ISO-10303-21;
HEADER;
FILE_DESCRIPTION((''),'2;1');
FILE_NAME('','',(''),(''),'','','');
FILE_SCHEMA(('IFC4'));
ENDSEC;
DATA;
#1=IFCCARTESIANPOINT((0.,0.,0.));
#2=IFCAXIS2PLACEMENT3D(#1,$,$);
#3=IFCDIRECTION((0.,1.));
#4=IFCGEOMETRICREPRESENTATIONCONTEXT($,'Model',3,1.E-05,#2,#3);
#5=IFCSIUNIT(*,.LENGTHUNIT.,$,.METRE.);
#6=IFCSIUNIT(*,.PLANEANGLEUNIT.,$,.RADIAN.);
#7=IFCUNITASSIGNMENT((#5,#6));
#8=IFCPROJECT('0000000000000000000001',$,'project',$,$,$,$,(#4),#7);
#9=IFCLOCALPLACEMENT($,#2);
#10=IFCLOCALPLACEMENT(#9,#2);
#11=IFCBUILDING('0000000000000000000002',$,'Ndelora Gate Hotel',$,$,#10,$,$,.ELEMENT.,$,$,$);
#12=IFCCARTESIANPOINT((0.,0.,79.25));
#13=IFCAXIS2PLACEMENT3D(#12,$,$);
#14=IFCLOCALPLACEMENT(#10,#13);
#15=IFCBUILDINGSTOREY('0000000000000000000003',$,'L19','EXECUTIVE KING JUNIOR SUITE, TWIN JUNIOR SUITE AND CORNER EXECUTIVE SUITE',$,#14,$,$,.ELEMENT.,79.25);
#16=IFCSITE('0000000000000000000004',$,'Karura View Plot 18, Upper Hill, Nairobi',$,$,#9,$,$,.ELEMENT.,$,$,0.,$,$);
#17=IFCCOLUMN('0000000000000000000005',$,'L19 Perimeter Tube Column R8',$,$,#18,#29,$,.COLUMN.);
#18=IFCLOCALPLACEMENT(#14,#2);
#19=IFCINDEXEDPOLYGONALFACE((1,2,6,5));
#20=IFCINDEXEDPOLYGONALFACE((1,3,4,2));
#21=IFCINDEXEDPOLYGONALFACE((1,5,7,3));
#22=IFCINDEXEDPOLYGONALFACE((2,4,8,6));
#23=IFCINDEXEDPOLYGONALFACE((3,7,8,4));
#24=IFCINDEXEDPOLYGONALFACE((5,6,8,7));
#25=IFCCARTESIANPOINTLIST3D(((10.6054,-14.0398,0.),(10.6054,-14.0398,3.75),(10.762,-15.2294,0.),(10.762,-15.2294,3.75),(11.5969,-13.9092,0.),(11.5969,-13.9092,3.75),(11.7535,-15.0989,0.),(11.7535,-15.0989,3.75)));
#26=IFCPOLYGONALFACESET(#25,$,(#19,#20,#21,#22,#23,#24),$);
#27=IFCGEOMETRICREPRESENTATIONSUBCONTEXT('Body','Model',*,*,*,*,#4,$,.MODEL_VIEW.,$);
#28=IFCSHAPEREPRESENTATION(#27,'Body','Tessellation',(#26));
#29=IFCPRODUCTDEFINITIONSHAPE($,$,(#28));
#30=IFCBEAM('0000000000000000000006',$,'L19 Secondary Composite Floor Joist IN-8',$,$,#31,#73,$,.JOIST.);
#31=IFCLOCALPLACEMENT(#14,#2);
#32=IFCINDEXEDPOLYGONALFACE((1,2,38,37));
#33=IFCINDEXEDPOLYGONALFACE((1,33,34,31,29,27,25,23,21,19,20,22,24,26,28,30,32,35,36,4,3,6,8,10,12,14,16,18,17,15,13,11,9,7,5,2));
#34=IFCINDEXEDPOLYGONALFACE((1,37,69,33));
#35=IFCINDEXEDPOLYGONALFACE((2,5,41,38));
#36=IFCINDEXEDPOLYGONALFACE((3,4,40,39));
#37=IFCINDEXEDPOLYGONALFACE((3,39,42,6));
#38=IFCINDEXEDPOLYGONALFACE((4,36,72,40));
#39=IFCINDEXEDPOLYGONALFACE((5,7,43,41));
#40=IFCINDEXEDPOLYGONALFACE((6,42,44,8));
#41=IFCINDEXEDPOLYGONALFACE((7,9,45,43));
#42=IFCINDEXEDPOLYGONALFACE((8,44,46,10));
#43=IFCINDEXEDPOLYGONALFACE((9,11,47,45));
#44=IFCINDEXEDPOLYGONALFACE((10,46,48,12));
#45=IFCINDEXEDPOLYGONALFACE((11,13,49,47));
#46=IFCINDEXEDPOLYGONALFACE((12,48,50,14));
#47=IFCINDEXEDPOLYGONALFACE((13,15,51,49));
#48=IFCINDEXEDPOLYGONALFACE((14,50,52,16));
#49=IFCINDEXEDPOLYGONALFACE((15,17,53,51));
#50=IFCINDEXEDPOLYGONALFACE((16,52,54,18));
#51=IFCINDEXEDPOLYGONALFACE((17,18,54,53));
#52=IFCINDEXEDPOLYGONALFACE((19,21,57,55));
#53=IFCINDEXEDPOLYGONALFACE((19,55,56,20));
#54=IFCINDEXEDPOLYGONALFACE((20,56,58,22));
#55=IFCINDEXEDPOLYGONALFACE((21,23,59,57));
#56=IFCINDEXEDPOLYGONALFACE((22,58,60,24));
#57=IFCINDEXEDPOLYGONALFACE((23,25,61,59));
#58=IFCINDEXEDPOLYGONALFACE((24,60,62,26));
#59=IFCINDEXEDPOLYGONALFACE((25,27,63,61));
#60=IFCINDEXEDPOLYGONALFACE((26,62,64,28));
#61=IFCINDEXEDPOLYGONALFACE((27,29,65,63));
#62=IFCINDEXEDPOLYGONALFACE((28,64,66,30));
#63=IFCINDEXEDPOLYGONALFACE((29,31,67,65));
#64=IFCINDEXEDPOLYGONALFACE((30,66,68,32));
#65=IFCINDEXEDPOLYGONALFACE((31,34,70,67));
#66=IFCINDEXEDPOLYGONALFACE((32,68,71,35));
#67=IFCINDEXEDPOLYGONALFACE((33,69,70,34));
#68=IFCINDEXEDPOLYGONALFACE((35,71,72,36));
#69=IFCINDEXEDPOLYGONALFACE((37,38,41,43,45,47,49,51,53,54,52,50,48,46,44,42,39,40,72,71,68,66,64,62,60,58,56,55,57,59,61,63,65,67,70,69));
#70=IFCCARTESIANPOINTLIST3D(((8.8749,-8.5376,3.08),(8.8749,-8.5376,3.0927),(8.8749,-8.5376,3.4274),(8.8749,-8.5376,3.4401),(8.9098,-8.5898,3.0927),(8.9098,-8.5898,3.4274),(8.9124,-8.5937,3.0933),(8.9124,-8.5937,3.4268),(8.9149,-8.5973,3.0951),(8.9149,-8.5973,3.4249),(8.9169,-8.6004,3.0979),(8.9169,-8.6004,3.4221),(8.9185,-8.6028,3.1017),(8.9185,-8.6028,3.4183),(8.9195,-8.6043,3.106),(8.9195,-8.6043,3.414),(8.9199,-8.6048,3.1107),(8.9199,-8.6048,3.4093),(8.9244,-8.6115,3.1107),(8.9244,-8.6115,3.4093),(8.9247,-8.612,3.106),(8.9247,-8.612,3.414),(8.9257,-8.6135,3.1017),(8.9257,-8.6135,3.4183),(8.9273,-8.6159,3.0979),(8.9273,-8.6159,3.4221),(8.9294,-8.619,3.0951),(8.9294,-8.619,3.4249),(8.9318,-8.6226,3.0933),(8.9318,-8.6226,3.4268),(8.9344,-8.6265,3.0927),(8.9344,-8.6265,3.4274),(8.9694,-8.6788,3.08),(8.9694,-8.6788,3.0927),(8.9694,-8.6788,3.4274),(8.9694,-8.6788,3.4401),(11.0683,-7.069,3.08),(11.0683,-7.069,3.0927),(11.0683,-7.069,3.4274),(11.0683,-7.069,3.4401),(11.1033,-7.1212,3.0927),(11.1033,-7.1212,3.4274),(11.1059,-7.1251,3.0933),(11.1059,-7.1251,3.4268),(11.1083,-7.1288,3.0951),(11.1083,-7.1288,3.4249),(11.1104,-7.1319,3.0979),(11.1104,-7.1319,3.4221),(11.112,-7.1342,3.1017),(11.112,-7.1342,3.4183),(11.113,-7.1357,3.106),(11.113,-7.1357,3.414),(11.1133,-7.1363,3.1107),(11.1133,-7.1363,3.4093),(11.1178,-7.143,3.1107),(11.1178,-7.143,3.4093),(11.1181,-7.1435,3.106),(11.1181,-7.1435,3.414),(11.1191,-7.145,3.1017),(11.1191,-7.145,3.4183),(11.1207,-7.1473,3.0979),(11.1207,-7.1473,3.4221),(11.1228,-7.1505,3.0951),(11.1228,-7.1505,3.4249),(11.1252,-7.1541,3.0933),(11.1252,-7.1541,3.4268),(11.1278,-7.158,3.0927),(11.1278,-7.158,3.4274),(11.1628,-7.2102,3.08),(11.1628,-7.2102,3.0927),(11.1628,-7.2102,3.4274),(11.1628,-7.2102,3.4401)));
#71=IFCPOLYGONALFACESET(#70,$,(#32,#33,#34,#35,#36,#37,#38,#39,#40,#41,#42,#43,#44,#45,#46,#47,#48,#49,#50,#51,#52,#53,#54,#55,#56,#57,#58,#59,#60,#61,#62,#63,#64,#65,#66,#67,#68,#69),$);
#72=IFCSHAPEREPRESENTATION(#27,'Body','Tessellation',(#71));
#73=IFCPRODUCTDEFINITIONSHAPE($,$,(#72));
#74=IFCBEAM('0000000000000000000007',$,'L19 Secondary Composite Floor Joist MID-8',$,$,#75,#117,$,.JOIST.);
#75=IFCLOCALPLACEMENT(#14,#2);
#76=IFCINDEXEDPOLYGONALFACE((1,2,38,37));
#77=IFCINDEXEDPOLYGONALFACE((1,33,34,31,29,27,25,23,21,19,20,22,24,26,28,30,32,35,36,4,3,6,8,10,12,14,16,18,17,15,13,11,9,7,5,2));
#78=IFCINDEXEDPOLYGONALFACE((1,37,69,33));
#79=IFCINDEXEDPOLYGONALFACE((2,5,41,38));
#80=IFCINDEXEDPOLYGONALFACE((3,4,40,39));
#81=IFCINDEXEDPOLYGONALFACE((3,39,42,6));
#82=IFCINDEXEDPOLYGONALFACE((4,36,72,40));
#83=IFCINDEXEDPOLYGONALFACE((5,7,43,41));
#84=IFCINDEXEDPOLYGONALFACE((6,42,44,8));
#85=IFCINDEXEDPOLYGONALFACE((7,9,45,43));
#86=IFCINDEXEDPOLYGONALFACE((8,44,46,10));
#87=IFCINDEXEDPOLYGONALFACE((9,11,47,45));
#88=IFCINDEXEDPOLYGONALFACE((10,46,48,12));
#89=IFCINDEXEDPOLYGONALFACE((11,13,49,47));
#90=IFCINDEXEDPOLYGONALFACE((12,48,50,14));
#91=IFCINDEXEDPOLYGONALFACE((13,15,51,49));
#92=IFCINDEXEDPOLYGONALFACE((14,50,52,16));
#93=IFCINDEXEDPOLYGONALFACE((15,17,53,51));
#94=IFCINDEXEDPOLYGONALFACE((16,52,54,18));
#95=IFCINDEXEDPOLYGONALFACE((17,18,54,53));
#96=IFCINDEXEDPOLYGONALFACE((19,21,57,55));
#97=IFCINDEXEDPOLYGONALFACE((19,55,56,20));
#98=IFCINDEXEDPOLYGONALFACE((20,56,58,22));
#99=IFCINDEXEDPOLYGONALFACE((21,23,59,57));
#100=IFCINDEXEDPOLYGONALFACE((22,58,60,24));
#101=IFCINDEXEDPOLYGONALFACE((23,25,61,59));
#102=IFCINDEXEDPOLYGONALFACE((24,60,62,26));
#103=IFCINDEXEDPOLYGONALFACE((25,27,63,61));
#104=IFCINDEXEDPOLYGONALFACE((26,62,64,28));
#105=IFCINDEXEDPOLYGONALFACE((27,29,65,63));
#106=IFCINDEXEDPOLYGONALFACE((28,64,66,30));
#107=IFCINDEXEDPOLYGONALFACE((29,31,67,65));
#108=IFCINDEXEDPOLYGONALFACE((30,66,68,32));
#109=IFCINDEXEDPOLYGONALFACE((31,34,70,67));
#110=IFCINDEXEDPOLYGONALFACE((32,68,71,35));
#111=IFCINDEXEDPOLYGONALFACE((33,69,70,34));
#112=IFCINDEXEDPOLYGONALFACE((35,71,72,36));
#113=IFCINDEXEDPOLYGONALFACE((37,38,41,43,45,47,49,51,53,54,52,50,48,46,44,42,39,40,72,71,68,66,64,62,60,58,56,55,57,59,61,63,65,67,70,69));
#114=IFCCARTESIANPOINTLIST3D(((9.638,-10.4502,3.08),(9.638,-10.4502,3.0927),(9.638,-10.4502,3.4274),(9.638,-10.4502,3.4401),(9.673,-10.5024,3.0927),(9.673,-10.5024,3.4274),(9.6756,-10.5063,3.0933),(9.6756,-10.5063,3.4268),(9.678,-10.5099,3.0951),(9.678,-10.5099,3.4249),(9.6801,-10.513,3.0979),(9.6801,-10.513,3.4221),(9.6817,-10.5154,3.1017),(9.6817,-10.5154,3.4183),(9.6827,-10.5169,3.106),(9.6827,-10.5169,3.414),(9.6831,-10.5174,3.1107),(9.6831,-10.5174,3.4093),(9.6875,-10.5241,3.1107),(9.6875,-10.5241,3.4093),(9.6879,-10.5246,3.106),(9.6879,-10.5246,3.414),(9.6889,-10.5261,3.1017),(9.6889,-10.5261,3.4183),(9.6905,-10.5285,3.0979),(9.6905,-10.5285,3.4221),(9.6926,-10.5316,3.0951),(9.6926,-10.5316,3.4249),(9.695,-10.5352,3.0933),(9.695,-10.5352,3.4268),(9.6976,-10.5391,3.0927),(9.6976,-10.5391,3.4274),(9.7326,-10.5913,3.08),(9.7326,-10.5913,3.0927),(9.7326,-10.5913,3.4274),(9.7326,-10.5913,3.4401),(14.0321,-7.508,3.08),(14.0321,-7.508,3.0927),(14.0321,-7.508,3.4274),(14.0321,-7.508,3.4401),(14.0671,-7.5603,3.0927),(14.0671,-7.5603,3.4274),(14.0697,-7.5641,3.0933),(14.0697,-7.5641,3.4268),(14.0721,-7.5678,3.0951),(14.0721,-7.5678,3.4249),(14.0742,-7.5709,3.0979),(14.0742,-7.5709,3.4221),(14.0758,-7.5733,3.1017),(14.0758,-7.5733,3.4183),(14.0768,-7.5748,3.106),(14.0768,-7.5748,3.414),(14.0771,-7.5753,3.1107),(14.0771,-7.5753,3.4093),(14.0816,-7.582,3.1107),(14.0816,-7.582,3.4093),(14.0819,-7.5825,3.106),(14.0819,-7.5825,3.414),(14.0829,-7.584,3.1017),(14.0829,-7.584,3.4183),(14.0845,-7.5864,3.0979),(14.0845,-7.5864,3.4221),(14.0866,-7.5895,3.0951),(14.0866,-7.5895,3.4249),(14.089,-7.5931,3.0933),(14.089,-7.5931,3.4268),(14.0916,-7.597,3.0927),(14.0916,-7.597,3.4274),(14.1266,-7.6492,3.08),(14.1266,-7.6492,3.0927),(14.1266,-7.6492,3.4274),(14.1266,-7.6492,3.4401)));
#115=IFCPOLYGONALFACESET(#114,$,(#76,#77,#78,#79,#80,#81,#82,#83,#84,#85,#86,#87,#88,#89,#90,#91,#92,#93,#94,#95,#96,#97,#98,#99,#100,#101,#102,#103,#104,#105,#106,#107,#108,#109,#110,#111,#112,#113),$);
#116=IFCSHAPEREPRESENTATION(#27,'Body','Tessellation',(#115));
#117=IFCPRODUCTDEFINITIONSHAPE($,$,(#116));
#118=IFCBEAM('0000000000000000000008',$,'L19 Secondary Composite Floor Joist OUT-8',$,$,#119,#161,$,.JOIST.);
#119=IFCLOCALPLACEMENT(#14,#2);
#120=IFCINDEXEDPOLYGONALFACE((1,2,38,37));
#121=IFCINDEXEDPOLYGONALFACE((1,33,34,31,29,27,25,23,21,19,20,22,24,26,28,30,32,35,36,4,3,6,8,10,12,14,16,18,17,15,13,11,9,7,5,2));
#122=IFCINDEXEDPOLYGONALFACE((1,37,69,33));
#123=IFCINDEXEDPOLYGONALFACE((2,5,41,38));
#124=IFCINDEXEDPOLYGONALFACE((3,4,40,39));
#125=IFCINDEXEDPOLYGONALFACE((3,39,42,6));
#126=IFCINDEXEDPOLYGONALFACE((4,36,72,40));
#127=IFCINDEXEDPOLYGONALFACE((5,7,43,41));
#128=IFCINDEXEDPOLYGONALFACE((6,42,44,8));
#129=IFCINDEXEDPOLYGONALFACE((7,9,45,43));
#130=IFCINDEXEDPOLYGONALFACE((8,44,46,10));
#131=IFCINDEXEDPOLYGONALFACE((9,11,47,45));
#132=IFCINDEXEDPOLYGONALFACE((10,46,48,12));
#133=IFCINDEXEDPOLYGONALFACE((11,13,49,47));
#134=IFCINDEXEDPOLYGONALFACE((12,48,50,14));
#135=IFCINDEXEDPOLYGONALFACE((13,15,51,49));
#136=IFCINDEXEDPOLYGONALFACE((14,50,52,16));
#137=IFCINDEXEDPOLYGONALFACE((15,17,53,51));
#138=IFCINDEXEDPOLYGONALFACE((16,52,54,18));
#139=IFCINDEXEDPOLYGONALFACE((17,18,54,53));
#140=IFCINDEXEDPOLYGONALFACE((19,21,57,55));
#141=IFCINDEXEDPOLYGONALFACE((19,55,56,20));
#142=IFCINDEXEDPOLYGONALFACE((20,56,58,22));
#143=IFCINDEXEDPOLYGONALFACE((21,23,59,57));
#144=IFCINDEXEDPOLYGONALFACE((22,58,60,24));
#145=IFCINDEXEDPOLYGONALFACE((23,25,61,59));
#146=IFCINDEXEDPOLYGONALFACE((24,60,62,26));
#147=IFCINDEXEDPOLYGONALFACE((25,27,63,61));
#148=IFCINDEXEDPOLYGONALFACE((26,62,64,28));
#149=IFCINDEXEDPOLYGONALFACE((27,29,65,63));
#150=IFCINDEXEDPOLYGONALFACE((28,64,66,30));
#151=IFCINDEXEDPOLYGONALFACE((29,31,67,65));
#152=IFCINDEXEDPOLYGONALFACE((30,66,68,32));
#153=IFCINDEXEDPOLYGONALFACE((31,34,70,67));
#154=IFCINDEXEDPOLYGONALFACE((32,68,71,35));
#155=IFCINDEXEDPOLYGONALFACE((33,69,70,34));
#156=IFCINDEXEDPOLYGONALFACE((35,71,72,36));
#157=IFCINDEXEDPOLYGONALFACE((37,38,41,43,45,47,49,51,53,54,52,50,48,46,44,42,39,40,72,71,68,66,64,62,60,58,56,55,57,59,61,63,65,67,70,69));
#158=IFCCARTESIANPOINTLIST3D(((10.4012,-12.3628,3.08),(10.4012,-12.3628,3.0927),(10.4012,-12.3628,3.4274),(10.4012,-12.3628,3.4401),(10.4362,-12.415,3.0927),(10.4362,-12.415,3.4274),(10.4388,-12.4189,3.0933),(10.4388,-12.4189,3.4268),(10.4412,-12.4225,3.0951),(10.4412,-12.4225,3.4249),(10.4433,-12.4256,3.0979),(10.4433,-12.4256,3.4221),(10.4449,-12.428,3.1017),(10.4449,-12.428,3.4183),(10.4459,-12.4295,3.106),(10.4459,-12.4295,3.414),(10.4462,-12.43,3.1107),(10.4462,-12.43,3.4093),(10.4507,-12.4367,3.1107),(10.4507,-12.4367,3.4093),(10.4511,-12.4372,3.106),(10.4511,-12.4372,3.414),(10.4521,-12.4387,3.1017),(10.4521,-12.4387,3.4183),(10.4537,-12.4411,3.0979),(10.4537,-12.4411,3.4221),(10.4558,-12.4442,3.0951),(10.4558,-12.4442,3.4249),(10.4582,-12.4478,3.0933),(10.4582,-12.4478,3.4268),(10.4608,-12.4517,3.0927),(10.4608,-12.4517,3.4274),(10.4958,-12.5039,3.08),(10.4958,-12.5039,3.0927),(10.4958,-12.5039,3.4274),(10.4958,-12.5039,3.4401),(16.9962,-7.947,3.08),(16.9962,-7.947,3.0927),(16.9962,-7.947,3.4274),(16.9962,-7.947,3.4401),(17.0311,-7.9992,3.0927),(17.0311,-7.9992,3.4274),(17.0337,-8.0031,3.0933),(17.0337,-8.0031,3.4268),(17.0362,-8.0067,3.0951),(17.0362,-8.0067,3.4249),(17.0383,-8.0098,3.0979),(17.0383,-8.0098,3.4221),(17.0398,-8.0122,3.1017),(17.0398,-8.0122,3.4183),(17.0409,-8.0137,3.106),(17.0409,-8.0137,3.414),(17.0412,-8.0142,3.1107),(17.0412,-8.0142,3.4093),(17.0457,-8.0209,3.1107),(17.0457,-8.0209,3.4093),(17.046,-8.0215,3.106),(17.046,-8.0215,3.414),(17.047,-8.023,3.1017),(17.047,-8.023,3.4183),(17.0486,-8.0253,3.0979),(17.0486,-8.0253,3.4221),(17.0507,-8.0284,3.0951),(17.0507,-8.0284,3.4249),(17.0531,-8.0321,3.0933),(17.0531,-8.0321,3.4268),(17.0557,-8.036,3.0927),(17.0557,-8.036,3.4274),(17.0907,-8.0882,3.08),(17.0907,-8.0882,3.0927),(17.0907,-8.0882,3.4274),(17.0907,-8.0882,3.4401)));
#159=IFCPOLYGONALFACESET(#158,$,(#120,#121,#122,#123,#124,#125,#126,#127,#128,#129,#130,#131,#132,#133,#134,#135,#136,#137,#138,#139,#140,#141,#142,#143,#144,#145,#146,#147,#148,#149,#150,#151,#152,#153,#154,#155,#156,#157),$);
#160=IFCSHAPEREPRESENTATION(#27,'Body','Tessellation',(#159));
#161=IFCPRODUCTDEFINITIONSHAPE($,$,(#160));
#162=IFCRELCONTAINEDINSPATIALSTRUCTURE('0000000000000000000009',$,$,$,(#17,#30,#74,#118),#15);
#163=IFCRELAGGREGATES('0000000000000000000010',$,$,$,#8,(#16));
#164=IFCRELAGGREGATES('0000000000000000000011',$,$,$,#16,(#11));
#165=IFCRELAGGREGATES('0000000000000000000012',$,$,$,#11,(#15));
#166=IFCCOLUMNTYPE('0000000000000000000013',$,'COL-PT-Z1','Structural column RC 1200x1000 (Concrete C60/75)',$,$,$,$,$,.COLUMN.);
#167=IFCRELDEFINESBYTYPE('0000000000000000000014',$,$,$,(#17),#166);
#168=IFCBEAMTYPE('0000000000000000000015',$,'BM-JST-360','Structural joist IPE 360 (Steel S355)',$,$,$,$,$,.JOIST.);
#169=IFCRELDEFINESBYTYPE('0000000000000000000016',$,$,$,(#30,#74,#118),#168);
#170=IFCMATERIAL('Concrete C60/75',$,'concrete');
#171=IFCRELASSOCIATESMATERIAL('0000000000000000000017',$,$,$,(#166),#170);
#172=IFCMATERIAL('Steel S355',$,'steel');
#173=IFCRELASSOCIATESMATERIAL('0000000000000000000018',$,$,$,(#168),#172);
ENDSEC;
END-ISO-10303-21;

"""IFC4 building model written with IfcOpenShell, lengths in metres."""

from ifc_helpers import new_model, si_unit, direction, frame, origin, origin_2d, place, context, subcontext, project, spatial, rectangle, i_section, extrude, material, material_profile, profile_set, type_object, element, save


model = new_model("IFC4")

# Units and contexts
model_context = context("Model", 3, precision=1e-05, world=origin(), true_north=direction((0.0, 1.0)))
body_context = subcontext(model_context, "Body", "Model", "MODEL_VIEW")
ifc_project = project(units=[si_unit("LENGTHUNIT", "METRE"), si_unit("PLANEANGLEUNIT", "RADIAN")], contexts=[model_context])

# Site, building, storey
site_placement = place(None, origin())
site = spatial("IfcSite", under=ifc_project, at=site_placement, Name="Karura View Plot 18, Upper Hill, Nairobi", CompositionType="ELEMENT", RefElevation=0.0)
building_placement = place(site_placement, origin())
building = spatial("IfcBuilding", under=site, at=building_placement, Name="Ndelora Gate Hotel", CompositionType="ELEMENT")
storey_placement = place(building_placement, frame((0.0, 0.0, 79.25)))
storey = spatial("IfcBuildingStorey", under=building, at=storey_placement, Name="L19", Description="EXECUTIVE KING JUNIOR SUITE, TWIN JUNIOR SUITE AND CORNER EXECUTIVE SUITE", CompositionType="ELEMENT", Elevation=79.25)

# Column
ifc_material_1 = material(Name="Concrete C60/75", Category="concrete")
ifc_material_profile_1 = material_profile(ifc_material_1, rectangle(XDim=1.0, YDim=1.2, at=origin_2d()), Name="RC 1200x1000")
ifc_profile_set_1 = profile_set([ifc_material_profile_1], Name="Concrete C60/75")
column_type = type_object("IfcColumnType", Name="COL-PT-Z1", Description="Structural column RC 1200x1000 (Concrete C60/75)", PredefinedType="COLUMN", material=ifc_profile_set_1)
column_placement = place(storey_placement, frame((11.1794, -14.5693, 0.0), z_axis=(0.0, 0.0, 1.0), x_axis=(0.991445, 0.130526, 0.0)))
element("IfcColumn", 1, at=column_placement, inside=storey, type_object=column_type, Name="L19 Perimeter Tube Column R8", PredefinedType="COLUMN", context=body_context, shape_type="SweptSolid", body=[
    extrude(rectangle(XDim=1.0, YDim=1.2, at=origin_2d()), origin(), (0.0, 0.0, 1.0), 3.75),
])

# Beams
ifc_material_2 = material(Name="Steel S355", Category="steel")
ifc_material_profile_2 = material_profile(ifc_material_2, i_section(OverallWidth=0.1699, OverallDepth=0.3601, WebThickness=0.0081, FlangeThickness=0.0127, FilletRadius=0.0181, at=origin_2d()), Name="IPE 360")
ifc_profile_set_2 = profile_set([ifc_material_profile_2], Name="Steel S355")
beam_type_1 = type_object("IfcBeamType", Name="BM-JST-360", Description="Structural joist IPE 360 (Steel S355)", PredefinedType="JOIST", material=ifc_profile_set_2)
beam_1_placement = place(storey_placement, frame((8.9221, -8.6082, 3.26), z_axis=(0.830953, 0.556343, 0.0), x_axis=(-0.556343, 0.830953, 0.0)))
element("IfcBeam", 2, at=beam_1_placement, inside=storey, type_object=beam_type_1, Name="L19 Secondary Composite Floor Joist IN-8", PredefinedType="JOIST", context=body_context, shape_type="SweptSolid", body=[
    extrude(i_section(OverallWidth=0.1699, OverallDepth=0.3601, WebThickness=0.0081, FlangeThickness=0.0127, FilletRadius=0.0181, at=origin_2d()), origin(), (0.0, 0.0, 1.0), 2.6396),
])
beam_2_placement = place(storey_placement, frame((9.6853, -10.5208, 3.26), z_axis=(0.830933, 0.556372, 0.0), x_axis=(-0.556372, 0.830933, 0.0)))
element("IfcBeam", 3, at=beam_2_placement, inside=storey, type_object=beam_type_1, Name="L19 Secondary Composite Floor Joist MID-8", PredefinedType="JOIST", context=body_context, shape_type="SweptSolid", body=[
    extrude(i_section(OverallWidth=0.1699, OverallDepth=0.3601, WebThickness=0.0081, FlangeThickness=0.0127, FilletRadius=0.0181, at=origin_2d()), origin(), (0.0, 0.0, 1.0), 5.2881),
])
beam_3_placement = place(storey_placement, frame((10.4485, -12.4333, 3.26), z_axis=(0.830937, 0.556367, 0.0), x_axis=(-0.556367, 0.830937, 0.0)))
element("IfcBeam", 4, at=beam_3_placement, inside=storey, type_object=beam_type_1, Name="L19 Secondary Composite Floor Joist OUT-8", PredefinedType="JOIST", context=body_context, shape_type="SweptSolid", body=[
    extrude(i_section(OverallWidth=0.1699, OverallDepth=0.3601, WebThickness=0.0081, FlangeThickness=0.0127, FilletRadius=0.0181, at=origin_2d()), origin(), (0.0, 0.0, 1.0), 7.9368),
])

save(model, "model.ifc")
